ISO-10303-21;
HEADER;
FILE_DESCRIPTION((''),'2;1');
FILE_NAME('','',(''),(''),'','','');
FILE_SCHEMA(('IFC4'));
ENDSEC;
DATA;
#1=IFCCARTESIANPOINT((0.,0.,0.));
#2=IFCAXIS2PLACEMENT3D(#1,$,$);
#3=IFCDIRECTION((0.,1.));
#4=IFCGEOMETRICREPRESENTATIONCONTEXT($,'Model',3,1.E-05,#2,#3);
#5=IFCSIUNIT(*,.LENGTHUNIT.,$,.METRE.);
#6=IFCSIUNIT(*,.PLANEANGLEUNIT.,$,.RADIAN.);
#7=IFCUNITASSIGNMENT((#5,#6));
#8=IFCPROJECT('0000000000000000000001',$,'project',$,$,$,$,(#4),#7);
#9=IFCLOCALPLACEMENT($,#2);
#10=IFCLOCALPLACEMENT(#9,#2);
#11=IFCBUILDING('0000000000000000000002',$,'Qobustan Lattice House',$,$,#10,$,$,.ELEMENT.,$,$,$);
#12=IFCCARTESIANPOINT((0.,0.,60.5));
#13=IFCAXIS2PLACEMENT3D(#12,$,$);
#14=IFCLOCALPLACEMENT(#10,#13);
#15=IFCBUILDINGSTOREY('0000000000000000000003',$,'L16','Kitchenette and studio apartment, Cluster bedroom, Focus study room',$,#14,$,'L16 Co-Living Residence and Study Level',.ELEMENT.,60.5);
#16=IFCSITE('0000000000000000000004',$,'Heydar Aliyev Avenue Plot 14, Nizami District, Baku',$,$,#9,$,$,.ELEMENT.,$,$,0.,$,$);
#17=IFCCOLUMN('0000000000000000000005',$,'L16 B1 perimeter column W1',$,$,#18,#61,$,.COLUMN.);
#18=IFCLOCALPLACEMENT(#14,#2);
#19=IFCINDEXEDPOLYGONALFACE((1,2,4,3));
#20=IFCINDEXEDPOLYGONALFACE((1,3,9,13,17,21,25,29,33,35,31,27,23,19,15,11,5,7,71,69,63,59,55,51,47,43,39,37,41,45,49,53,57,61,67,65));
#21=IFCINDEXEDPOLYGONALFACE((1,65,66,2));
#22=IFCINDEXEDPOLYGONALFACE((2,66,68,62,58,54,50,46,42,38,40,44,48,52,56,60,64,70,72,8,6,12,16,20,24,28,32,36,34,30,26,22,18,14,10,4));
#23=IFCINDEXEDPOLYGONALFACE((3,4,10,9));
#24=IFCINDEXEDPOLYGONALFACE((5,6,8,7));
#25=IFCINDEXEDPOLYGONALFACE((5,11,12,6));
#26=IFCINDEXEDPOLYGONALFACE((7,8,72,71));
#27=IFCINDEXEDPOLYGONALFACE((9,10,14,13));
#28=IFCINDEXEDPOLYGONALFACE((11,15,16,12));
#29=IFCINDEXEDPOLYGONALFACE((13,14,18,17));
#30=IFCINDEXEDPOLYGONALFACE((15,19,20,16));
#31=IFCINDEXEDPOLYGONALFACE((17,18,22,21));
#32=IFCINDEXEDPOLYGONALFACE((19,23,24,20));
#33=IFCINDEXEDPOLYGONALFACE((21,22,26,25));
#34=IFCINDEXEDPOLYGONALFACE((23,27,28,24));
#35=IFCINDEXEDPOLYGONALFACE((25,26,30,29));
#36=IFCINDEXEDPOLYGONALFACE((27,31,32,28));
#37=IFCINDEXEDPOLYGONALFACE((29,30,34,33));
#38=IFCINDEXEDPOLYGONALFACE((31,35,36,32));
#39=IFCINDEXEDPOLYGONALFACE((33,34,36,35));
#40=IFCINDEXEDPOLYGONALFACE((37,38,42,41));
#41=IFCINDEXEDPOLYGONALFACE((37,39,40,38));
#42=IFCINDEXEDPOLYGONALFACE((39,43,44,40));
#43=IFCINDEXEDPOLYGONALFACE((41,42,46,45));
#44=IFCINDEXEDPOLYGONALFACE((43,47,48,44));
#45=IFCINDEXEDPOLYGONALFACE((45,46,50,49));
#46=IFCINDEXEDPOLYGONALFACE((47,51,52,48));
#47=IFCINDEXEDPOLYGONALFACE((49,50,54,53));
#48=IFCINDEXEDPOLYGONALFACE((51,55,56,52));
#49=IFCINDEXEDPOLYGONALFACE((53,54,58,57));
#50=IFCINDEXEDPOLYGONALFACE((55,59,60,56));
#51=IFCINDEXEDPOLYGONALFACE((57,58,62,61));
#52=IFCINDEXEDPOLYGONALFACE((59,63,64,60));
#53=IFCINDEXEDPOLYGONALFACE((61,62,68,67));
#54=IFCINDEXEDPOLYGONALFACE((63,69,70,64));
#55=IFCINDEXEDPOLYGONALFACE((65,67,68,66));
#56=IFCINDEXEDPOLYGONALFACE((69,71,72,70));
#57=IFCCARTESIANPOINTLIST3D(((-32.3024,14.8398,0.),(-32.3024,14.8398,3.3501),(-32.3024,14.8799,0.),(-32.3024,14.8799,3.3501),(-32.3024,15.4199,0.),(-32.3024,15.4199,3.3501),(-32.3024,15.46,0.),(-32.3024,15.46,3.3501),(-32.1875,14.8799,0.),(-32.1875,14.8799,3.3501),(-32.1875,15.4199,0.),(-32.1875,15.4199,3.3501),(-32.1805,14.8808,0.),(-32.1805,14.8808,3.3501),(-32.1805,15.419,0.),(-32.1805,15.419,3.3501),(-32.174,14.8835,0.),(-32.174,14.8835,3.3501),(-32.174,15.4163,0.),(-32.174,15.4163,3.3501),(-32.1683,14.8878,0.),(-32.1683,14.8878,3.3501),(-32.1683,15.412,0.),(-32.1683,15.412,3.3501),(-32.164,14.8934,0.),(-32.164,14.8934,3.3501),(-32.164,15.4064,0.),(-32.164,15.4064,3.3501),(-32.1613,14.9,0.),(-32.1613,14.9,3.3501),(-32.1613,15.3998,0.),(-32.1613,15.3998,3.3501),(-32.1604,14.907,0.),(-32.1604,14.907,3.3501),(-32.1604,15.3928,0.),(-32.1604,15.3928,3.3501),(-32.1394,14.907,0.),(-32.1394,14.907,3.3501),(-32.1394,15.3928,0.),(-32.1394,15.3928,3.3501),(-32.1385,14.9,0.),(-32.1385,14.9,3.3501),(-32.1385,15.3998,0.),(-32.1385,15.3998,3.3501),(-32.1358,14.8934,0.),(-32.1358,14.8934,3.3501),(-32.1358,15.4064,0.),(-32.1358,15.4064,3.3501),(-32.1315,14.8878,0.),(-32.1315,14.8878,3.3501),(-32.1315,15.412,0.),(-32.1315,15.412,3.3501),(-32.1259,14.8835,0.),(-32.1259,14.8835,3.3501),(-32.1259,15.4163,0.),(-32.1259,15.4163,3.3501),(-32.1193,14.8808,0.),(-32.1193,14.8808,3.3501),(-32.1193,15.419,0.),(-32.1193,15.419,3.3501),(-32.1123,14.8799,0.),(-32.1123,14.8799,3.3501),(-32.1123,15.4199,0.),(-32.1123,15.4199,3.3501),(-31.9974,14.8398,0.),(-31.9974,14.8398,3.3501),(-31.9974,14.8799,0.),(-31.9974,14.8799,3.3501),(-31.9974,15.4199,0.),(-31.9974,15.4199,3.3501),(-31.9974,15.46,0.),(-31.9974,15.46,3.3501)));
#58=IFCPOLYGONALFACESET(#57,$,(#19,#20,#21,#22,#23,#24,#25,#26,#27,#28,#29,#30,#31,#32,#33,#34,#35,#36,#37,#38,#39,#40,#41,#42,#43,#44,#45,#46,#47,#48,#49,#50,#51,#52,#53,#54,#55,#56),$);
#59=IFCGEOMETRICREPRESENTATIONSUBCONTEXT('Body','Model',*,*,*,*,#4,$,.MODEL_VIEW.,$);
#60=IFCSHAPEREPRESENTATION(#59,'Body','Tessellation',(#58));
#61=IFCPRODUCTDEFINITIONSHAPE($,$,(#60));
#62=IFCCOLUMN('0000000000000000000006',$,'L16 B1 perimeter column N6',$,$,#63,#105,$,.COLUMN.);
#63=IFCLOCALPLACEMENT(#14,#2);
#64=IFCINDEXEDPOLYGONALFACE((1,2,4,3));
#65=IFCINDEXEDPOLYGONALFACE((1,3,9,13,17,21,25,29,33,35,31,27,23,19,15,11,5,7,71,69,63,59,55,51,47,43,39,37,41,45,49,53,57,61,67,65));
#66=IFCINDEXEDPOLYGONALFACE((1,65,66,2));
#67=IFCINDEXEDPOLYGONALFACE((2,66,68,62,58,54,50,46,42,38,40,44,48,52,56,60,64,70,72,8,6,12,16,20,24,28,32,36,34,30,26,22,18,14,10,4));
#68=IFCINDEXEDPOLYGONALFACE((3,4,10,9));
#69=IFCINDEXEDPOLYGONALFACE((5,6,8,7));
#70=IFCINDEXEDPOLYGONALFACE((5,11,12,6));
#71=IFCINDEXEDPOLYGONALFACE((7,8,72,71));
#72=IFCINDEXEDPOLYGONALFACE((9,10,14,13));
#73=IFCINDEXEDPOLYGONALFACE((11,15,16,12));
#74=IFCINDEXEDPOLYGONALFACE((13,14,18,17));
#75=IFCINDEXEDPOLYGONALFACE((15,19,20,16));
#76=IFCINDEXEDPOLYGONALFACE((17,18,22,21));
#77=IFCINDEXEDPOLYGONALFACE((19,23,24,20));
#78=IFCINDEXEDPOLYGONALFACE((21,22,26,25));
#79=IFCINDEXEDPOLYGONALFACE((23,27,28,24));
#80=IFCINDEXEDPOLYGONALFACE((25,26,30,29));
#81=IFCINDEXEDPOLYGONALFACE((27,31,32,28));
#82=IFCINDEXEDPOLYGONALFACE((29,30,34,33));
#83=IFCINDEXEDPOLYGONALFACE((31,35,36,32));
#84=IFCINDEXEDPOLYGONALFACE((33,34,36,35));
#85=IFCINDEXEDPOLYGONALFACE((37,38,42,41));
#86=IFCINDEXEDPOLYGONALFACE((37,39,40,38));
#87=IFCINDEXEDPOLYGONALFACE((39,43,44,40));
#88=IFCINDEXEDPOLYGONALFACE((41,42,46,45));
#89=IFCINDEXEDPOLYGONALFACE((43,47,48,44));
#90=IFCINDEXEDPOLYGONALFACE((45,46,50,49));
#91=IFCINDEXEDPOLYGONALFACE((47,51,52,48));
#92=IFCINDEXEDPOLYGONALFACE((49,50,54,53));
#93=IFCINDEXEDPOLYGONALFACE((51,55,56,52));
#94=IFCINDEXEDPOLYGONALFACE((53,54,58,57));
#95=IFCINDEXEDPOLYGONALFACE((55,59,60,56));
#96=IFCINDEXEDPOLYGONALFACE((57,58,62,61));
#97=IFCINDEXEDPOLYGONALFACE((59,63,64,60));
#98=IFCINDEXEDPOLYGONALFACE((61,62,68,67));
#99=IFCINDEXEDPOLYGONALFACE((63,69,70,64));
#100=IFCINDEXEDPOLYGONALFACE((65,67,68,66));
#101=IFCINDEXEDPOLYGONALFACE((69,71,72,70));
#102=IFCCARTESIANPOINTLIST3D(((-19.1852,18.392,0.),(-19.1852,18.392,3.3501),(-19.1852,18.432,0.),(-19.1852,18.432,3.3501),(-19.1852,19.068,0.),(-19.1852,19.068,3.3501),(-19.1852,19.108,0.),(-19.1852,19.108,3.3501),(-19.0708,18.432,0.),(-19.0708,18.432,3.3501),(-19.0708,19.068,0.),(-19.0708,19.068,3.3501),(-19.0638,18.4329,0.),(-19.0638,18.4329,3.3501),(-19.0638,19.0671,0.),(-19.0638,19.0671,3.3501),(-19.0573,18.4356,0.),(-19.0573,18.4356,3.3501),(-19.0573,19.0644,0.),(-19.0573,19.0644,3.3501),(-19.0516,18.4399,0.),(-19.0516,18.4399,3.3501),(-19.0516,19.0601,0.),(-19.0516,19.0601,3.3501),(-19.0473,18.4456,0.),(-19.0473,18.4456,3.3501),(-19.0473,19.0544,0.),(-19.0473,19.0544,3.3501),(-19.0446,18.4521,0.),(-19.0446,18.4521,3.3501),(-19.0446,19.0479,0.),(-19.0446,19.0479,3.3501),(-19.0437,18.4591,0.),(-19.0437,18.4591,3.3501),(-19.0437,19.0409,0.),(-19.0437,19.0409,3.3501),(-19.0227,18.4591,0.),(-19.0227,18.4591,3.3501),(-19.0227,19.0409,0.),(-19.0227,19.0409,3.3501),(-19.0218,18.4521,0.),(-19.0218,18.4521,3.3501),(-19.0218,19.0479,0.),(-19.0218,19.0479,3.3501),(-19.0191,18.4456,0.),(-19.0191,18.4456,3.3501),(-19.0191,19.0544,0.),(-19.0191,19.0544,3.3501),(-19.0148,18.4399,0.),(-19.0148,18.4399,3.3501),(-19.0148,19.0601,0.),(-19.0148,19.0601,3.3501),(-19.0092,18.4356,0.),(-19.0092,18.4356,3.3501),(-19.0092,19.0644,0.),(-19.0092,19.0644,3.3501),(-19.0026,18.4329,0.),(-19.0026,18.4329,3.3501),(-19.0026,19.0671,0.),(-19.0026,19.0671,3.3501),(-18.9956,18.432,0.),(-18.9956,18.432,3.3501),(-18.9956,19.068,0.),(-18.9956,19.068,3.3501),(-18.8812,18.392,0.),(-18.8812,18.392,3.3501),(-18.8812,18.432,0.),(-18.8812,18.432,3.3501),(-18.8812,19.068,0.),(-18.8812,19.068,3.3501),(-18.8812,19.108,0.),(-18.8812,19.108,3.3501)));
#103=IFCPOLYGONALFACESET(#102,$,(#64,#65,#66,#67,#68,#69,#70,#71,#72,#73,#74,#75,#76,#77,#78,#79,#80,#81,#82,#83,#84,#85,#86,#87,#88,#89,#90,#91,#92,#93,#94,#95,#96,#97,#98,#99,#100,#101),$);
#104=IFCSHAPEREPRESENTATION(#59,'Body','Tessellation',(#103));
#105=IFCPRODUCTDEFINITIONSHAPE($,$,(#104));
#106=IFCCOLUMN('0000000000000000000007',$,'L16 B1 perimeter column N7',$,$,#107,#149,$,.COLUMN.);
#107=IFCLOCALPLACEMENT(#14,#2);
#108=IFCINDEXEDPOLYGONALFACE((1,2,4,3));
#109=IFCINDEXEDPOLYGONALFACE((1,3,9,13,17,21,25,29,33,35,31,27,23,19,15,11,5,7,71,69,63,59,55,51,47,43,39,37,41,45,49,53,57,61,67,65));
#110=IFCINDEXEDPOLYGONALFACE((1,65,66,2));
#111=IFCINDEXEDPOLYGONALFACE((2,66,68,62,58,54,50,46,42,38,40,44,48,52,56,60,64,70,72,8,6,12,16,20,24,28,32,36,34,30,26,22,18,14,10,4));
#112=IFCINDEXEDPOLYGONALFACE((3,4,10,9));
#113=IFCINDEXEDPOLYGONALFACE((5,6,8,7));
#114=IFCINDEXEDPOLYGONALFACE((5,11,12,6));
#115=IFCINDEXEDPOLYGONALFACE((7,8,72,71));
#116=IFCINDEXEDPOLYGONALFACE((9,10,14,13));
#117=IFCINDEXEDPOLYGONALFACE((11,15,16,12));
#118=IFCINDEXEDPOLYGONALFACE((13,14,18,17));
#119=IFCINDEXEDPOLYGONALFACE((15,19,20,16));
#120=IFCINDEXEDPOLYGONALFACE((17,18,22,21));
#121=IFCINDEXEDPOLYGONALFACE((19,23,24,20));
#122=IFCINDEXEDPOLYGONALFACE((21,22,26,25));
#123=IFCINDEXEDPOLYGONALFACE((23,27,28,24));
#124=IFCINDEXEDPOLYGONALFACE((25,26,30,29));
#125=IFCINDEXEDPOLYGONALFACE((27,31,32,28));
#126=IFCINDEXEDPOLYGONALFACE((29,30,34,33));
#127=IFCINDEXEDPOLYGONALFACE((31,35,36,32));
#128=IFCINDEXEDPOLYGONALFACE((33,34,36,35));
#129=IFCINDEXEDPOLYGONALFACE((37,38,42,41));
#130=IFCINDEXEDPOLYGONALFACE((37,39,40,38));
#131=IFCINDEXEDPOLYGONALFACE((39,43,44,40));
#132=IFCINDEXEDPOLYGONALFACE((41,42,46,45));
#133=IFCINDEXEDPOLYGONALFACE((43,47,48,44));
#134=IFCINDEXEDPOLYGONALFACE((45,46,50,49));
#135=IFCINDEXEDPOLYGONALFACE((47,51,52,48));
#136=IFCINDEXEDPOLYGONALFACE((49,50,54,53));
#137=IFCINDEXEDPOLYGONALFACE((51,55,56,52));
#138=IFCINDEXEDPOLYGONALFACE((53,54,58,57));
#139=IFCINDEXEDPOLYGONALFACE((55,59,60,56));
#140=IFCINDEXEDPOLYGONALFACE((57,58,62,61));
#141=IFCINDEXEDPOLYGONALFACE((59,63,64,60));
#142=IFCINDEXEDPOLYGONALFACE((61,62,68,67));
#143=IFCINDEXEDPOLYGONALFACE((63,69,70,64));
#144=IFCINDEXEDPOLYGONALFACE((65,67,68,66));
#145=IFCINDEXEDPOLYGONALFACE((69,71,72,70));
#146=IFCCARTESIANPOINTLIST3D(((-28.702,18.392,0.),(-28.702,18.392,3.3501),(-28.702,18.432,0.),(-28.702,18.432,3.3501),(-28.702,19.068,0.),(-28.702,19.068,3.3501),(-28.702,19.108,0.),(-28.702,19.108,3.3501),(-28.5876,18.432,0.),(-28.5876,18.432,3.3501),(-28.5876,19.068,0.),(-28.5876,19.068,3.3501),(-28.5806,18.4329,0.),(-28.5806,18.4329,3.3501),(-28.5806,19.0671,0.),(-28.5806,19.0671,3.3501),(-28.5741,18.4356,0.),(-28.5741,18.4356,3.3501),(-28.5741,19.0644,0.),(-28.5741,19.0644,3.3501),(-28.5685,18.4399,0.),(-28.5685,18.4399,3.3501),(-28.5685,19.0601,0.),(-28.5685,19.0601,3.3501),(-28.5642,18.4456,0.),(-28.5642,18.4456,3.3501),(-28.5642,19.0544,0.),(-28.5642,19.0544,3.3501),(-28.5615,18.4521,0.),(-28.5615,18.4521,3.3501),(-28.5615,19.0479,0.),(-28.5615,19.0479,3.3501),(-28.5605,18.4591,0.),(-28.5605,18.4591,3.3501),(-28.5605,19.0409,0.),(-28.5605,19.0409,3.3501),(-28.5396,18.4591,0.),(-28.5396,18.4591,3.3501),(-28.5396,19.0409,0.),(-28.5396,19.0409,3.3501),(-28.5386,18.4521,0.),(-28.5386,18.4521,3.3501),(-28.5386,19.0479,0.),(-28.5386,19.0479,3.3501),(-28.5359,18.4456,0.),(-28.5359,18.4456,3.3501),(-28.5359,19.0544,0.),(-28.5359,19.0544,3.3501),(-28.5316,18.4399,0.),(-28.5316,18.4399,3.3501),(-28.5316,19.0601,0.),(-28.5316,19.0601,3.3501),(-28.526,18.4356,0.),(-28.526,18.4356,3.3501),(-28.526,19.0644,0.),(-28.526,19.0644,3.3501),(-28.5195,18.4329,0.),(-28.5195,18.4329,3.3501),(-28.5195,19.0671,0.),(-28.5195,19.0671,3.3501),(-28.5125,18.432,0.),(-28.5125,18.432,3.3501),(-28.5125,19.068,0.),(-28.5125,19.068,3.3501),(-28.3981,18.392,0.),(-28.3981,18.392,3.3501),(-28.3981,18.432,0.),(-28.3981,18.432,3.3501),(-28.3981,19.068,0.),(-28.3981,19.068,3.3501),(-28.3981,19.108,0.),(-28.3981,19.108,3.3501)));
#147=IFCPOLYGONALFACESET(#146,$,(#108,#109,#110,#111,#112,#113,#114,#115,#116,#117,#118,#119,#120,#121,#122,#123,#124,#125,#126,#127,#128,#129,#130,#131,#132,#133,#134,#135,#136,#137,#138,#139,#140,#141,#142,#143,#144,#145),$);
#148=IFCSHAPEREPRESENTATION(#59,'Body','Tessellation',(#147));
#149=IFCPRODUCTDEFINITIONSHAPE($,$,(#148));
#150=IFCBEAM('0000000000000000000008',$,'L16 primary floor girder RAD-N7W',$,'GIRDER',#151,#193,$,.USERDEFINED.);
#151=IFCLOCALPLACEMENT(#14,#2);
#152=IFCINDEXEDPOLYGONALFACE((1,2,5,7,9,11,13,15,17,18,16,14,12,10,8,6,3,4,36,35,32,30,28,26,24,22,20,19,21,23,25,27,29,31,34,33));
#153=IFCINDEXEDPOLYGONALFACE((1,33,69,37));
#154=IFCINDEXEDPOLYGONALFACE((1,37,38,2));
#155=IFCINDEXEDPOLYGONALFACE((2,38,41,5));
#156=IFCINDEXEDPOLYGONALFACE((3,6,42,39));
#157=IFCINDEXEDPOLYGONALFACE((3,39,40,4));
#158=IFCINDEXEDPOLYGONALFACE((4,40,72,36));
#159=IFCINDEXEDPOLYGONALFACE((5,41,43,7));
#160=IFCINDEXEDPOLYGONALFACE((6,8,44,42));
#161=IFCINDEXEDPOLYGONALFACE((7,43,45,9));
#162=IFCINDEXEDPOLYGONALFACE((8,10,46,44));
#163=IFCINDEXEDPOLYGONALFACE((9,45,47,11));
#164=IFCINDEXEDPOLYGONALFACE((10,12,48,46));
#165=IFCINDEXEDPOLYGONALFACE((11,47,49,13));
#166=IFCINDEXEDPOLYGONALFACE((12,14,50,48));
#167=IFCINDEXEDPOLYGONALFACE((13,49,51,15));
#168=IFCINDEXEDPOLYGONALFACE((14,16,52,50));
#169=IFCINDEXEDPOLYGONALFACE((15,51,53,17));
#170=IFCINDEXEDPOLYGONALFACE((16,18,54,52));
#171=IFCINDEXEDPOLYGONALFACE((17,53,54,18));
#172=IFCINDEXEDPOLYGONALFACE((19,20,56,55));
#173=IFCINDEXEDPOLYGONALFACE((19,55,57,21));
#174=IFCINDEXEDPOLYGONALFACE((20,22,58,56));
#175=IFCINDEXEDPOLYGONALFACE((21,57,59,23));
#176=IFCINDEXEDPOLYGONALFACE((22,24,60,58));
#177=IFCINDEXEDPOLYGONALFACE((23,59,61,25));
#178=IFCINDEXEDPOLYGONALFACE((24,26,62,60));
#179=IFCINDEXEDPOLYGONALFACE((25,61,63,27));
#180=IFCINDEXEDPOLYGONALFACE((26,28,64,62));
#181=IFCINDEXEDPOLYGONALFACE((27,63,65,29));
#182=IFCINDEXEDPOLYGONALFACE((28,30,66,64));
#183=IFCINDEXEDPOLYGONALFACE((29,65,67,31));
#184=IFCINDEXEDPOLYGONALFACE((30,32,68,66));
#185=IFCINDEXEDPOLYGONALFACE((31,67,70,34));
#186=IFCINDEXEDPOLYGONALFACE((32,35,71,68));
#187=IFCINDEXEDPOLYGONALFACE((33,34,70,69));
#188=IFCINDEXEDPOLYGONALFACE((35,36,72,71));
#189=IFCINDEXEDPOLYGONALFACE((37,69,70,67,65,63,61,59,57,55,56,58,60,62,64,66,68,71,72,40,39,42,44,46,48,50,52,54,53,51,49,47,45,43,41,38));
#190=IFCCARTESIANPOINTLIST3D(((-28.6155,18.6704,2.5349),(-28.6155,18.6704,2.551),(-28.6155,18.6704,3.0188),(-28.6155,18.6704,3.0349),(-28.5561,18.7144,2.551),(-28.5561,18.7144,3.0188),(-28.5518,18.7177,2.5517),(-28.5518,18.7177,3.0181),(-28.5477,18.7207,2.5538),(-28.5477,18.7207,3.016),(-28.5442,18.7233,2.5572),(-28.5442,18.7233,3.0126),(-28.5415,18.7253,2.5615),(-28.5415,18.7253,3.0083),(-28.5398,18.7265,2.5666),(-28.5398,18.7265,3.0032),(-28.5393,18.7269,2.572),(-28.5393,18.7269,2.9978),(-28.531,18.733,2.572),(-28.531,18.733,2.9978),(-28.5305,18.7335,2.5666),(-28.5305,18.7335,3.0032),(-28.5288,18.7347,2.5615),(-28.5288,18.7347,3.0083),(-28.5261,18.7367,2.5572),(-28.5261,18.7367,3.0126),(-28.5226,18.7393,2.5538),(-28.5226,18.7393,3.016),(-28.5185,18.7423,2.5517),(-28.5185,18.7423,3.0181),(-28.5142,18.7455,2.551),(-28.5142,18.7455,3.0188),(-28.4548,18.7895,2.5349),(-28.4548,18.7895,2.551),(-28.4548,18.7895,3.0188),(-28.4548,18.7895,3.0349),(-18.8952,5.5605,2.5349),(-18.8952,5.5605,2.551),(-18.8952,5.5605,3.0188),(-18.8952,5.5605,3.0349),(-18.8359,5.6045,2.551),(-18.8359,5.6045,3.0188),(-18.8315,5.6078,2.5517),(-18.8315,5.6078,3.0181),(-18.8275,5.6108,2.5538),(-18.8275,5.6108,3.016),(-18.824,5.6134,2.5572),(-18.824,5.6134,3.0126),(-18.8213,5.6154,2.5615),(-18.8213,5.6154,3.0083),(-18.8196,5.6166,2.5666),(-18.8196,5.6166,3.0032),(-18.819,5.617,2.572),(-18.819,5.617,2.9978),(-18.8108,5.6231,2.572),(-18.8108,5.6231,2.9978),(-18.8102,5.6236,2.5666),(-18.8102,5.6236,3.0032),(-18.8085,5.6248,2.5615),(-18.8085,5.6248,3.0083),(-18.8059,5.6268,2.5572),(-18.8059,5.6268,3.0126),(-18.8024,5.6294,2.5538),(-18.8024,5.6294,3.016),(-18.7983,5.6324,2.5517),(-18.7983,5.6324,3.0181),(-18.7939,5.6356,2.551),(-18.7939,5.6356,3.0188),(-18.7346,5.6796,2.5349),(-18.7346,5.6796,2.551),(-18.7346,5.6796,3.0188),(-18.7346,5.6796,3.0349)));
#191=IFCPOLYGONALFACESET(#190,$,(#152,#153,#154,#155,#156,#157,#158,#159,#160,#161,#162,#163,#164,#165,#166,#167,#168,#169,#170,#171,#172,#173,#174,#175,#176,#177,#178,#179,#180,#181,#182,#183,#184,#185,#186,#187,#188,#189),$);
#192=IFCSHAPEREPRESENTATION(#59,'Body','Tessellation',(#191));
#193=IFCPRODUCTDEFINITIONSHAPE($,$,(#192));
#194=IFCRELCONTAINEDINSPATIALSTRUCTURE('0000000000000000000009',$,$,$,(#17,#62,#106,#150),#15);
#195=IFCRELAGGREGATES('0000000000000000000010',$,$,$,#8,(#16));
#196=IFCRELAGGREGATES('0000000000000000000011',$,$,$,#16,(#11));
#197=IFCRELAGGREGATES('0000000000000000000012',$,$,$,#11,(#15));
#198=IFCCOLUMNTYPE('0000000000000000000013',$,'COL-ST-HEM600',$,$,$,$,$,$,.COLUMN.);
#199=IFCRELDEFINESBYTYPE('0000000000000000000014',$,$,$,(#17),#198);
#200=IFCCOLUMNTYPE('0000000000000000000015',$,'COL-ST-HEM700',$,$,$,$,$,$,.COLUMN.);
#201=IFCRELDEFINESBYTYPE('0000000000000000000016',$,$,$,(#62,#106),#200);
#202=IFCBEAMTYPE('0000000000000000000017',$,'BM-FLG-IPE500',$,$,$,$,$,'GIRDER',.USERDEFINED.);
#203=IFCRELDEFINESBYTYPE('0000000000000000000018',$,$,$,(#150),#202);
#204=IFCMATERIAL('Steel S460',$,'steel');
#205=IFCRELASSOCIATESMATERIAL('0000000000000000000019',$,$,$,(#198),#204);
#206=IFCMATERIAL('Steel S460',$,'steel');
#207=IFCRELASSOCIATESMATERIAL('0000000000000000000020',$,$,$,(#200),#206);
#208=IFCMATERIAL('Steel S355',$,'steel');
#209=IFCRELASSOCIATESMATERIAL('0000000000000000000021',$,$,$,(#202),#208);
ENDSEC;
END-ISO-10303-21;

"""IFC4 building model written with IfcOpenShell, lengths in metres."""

from ifc_helpers import new_model, si_unit, direction, frame, origin, origin_2d, place, context, subcontext, project, spatial, i_section, extrude, material, material_profile, profile_set, type_object, element, save


model = new_model("IFC4")

# Units and contexts
model_context = context("Model", 3, precision=1e-05, world=origin(), true_north=direction((0.0, 1.0)))
body_context = subcontext(model_context, "Body", "Model", "MODEL_VIEW")
ifc_project = project(units=[si_unit("LENGTHUNIT", "METRE"), si_unit("PLANEANGLEUNIT", "RADIAN")], contexts=[model_context])

# Site, building, storey
site_placement = place(None, origin())
site = spatial("IfcSite", under=ifc_project, at=site_placement, Name="Heydar Aliyev Avenue Plot 14, Nizami District, Baku", CompositionType="ELEMENT", RefElevation=0.0)
building_placement = place(site_placement, origin())
building = spatial("IfcBuilding", under=site, at=building_placement, Name="Qobustan Lattice House", CompositionType="ELEMENT")
storey_placement = place(building_placement, frame((0.0, 0.0, 60.5)))
storey = spatial("IfcBuildingStorey", under=building, at=storey_placement, Name="L16", Description="Kitchenette and studio apartment, Cluster bedroom, Focus study room", LongName="L16 Co-Living Residence and Study Level", CompositionType="ELEMENT", Elevation=60.5)

# Columns
ifc_material_1 = material(Name="Steel S460", Category="steel")
ifc_material_profile_1 = material_profile(ifc_material_1, i_section(OverallWidth=0.3049, OverallDepth=0.6201, WebThickness=0.021, FlangeThickness=0.04, FilletRadius=0.0271, at=origin_2d()), Name="HEM600")
ifc_profile_set_1 = profile_set([ifc_material_profile_1], Name="Steel S460")
column_type_1 = type_object("IfcColumnType", Name="COL-ST-HEM600", PredefinedType="COLUMN", material=ifc_profile_set_1)
column_placement = place(storey_placement, frame((-32.1499, 15.1499, 0.0), z_axis=(0.0, 0.0, 1.0), x_axis=(1.0, 0.0, 0.0)))
element("IfcColumn", 1, at=column_placement, inside=storey, type_object=column_type_1, Name="L16 B1 perimeter column W1", PredefinedType="COLUMN", context=body_context, shape_type="SweptSolid", body=[
    extrude(i_section(OverallWidth=0.3049, OverallDepth=0.6201, WebThickness=0.021, FlangeThickness=0.04, FilletRadius=0.0271, at=origin_2d()), origin(), (0.0, 0.0, 1.0), 3.3501),
])
ifc_material_2 = material(Name="Steel S460", Category="steel")
ifc_material_profile_2 = material_profile(ifc_material_2, i_section(OverallWidth=0.304, OverallDepth=0.7161, WebThickness=0.021, FlangeThickness=0.04, FilletRadius=0.0271, at=origin_2d()), Name="HEM700")
ifc_profile_set_2 = profile_set([ifc_material_profile_2], Name="Steel S460")
column_type_2 = type_object("IfcColumnType", Name="COL-ST-HEM700", PredefinedType="COLUMN", material=ifc_profile_set_2)
for number, where, z_axis, x_axis, name in (
    (2, (-19.0332, 18.75, 0.0), (0.0, 0.0, 1.0), (1.0, 0.0, 0.0), "L16 B1 perimeter column N6"),
    (3, (-28.55, 18.75, 0.0), (0.0, 0.0, 1.0), (1.0, 0.0, 0.0), "L16 B1 perimeter column N7"),
):
    element("IfcColumn", number, at=place(storey_placement, frame(where, z_axis=z_axis, x_axis=x_axis)), inside=storey, type_object=column_type_2, Name=name, PredefinedType="COLUMN", context=body_context, shape_type="SweptSolid", body=[
        extrude(i_section(OverallWidth=0.304, OverallDepth=0.7161, WebThickness=0.021, FlangeThickness=0.04, FilletRadius=0.0271, at=origin_2d()), origin(), (0.0, 0.0, 1.0), 3.3501),
    ])

# Beam
ifc_material_3 = material(Name="Steel S355", Category="steel")
ifc_material_profile_3 = material_profile(ifc_material_3, i_section(OverallWidth=0.2, OverallDepth=0.5, WebThickness=0.0103, FlangeThickness=0.0161, FilletRadius=0.021, at=origin_2d()), Name="IPE500")
ifc_profile_set_3 = profile_set([ifc_material_profile_3], Name="Steel S355")
beam_type_1 = type_object("IfcBeamType", Name="BM-FLG-IPE500", ElementType="GIRDER", PredefinedType="USERDEFINED", material=ifc_profile_set_3)
beam_1_placement = place(storey_placement, frame((-28.5352, 18.73, 2.7849), z_axis=(0.595592, -0.803287, 0.0), x_axis=(0.803287, 0.595592, 0.0)))
element("IfcBeam", 4, at=beam_1_placement, inside=storey, type_object=beam_type_1, Name="L16 primary floor girder RAD-N7W", ObjectType="GIRDER", PredefinedType="USERDEFINED", context=body_context, shape_type="SweptSolid", body=[
    extrude(i_section(OverallWidth=0.2, OverallDepth=0.5, WebThickness=0.0103, FlangeThickness=0.0161, FilletRadius=0.021, at=origin_2d()), origin(), (0.0, 0.0, 1.0), 16.3203),
])

save(model, "model.ifc")
